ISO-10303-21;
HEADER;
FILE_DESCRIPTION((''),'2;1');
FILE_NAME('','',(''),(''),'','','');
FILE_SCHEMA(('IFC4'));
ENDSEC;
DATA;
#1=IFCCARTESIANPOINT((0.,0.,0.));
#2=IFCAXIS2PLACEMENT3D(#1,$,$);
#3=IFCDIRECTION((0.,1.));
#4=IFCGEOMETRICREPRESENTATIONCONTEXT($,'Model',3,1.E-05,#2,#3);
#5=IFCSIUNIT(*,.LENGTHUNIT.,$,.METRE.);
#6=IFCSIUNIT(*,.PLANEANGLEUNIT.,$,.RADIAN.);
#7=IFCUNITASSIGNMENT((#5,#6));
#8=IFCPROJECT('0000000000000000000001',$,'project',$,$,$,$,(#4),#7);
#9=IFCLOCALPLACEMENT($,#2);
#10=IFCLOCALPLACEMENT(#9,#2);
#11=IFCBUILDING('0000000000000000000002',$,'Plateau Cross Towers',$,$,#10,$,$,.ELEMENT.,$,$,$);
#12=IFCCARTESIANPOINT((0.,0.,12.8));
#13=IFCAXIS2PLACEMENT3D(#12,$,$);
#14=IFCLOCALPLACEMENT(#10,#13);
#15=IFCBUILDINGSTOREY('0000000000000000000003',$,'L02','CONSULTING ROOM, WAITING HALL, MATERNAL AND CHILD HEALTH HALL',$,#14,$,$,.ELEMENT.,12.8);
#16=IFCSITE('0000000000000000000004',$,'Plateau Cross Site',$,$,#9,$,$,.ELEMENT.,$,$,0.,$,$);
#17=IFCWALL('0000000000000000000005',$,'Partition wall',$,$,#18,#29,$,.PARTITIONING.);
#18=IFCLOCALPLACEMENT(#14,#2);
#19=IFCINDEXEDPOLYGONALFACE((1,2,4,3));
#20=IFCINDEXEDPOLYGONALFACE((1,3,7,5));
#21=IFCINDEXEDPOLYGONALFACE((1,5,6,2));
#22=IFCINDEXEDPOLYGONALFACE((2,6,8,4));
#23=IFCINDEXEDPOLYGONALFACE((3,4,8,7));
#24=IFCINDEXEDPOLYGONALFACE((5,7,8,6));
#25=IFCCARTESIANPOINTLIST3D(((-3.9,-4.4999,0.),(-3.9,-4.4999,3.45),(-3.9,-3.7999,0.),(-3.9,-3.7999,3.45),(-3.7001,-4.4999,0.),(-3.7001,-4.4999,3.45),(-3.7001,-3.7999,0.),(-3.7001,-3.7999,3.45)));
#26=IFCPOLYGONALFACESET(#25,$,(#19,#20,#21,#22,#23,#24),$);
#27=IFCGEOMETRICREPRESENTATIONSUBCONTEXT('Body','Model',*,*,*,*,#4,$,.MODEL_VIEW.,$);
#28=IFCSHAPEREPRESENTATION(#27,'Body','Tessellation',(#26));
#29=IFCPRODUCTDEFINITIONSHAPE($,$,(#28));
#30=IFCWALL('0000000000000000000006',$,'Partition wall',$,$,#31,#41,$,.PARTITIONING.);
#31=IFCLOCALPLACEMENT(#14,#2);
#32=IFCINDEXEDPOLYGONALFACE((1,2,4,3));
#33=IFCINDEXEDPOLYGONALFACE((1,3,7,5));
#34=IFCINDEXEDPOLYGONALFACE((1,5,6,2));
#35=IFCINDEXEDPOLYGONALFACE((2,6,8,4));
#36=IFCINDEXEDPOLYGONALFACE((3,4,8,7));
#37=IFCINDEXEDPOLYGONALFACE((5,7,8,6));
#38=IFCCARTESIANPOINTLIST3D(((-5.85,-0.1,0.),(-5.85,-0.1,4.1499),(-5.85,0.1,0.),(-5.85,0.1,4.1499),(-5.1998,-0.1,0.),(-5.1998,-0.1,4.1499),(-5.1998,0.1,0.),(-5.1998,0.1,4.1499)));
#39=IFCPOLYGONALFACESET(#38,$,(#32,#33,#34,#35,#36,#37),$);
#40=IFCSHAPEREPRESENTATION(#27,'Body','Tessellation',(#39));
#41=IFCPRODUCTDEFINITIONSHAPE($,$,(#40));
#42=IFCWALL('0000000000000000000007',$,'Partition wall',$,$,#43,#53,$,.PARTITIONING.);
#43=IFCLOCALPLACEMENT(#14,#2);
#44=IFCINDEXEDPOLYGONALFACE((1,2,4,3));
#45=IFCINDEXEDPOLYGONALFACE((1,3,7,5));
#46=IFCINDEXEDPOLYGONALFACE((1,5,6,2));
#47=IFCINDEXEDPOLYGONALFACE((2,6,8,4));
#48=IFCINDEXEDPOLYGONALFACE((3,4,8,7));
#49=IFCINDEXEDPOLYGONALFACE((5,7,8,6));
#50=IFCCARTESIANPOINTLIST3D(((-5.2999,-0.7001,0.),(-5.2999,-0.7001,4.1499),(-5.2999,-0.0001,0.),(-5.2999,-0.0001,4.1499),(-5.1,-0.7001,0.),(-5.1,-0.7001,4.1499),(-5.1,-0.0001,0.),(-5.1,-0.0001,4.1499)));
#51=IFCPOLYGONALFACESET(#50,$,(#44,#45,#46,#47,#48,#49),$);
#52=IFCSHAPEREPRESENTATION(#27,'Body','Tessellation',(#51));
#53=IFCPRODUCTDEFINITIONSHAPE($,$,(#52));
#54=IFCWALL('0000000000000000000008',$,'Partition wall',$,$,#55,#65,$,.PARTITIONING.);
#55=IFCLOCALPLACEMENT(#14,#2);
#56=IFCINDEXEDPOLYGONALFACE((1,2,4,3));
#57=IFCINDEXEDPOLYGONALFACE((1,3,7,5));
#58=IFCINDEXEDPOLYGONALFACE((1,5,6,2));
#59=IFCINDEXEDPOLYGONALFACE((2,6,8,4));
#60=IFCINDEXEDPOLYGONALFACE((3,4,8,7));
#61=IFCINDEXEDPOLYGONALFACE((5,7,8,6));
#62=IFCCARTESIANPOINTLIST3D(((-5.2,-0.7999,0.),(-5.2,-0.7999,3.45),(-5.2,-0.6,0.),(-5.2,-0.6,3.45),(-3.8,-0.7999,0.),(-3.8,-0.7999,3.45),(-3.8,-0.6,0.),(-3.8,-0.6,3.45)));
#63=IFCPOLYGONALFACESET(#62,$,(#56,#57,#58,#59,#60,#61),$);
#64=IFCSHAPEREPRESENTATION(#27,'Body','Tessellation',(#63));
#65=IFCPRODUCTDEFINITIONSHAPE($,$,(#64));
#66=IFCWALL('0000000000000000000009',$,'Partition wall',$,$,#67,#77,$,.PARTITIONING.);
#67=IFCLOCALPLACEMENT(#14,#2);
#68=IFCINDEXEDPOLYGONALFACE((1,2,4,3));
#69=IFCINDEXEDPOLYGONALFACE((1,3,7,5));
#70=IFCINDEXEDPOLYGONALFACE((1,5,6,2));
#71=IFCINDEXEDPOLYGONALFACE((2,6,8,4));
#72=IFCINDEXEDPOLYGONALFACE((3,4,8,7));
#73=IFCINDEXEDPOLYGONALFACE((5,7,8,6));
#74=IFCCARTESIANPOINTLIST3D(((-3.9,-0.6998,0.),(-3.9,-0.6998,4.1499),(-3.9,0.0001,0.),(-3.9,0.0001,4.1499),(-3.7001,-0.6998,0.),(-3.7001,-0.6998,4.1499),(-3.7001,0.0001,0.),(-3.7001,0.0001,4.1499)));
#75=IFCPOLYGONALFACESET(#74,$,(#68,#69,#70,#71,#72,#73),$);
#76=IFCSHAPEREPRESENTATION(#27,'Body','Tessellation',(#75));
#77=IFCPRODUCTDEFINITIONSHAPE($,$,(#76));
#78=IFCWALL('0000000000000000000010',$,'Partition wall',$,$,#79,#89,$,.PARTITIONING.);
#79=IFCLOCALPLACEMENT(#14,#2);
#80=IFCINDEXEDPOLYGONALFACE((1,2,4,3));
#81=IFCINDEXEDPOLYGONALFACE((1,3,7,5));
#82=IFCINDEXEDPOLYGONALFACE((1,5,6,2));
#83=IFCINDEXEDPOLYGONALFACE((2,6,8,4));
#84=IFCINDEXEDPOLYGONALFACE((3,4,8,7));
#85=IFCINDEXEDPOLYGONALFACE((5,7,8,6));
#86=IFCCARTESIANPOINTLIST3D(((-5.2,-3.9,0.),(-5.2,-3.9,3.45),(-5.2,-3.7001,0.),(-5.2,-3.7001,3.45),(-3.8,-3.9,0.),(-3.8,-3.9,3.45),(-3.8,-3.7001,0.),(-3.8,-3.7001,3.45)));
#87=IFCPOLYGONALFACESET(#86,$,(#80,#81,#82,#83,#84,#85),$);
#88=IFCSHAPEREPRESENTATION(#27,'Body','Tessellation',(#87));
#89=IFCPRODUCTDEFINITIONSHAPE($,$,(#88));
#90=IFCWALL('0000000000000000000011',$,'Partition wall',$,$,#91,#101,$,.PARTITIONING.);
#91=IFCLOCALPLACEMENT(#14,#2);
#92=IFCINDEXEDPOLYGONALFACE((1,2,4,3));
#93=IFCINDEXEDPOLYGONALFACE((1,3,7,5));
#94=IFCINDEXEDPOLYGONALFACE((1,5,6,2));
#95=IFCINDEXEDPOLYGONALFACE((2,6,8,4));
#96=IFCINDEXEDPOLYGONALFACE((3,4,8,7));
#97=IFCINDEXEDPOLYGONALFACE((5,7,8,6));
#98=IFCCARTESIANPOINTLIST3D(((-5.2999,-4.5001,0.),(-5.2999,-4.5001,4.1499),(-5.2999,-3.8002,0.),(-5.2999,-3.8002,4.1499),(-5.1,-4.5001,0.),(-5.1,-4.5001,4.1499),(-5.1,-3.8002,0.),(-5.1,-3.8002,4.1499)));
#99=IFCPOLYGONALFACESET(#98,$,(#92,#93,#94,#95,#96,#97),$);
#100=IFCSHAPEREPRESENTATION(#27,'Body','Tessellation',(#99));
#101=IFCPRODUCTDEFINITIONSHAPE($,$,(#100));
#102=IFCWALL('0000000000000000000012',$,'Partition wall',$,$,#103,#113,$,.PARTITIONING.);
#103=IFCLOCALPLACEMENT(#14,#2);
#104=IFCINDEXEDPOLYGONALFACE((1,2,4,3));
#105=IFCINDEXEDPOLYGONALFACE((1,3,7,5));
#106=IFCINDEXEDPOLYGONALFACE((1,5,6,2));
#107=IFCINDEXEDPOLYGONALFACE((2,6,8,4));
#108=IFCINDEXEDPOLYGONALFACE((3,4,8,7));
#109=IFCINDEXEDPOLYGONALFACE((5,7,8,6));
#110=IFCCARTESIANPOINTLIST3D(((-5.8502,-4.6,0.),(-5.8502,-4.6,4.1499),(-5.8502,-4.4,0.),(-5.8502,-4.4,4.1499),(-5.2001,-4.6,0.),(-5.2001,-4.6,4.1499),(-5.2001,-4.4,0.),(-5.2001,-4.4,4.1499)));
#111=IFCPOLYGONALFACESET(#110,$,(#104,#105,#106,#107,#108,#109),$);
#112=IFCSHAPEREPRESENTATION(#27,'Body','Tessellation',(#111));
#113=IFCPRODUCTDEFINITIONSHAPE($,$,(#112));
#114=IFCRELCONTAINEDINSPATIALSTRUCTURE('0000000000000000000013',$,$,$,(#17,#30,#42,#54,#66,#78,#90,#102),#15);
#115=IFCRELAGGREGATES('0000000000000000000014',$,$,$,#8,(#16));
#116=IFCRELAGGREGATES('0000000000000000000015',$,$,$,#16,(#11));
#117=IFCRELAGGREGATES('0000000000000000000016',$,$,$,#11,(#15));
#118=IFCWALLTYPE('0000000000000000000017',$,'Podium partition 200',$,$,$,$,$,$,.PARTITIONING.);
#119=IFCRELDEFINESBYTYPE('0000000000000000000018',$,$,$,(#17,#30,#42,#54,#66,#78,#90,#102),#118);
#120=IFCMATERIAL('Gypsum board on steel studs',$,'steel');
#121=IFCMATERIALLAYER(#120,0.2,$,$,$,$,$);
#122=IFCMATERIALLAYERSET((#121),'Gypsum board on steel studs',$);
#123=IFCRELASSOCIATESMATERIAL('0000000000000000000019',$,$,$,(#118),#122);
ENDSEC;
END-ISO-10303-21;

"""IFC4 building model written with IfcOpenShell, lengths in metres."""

from ifc_helpers import new_model, si_unit, direction, frame, frame_2d, origin, place, context, subcontext, project, spatial, rectangle, extrude, material, layer, layer_set, type_object, element, save


model = new_model("IFC4")

# Units and contexts
model_context = context("Model", 3, precision=1e-05, world=origin(), true_north=direction((0.0, 1.0)))
body_context = subcontext(model_context, "Body", "Model", "MODEL_VIEW")
ifc_project = project(units=[si_unit("LENGTHUNIT", "METRE"), si_unit("PLANEANGLEUNIT", "RADIAN")], contexts=[model_context])

# Site, building, storey
site_placement = place(None, origin())
site = spatial("IfcSite", under=ifc_project, at=site_placement, Name="Plateau Cross Site", CompositionType="ELEMENT", RefElevation=0.0)
building_placement = place(site_placement, origin())
building = spatial("IfcBuilding", under=site, at=building_placement, Name="Plateau Cross Towers", CompositionType="ELEMENT")
storey_placement = place(building_placement, frame((0.0, 0.0, 12.8)))
storey = spatial("IfcBuildingStorey", under=building, at=storey_placement, Name="L02", Description="CONSULTING ROOM, WAITING HALL, MATERNAL AND CHILD HEALTH HALL", CompositionType="ELEMENT", Elevation=12.8)

# Shared definitions
ifc_material_1 = material(Name="Gypsum board on steel studs", Category="steel")
ifc_layer_1 = layer(ifc_material_1, 0.2)
ifc_layer_set_1 = layer_set([ifc_layer_1], Name="Gypsum board on steel studs")
wall_type_1 = type_object("IfcWallType", Name="Podium partition 200", PredefinedType="PARTITIONING", material=ifc_layer_set_1)

# Walls
wall_1_placement = place(storey_placement, frame((-3.8, -4.5, 0.0), z_axis=(0.0, 0.0, 1.0), x_axis=(0.0, 1.0, 0.0)))
element("IfcWall", 1, at=wall_1_placement, inside=storey, type_object=wall_type_1, Name="Partition wall", PredefinedType="PARTITIONING", context=body_context, shape_type="SweptSolid", body=[
    extrude(rectangle(XDim=0.7, YDim=0.2, at=frame_2d((0.3501, 0.0))), origin(), (0.0, 0.0, 1.0), 3.45),
])
wall_2_placement = place(storey_placement, frame((-5.8501, 0.0, 0.0), z_axis=(0.0, 0.0, 1.0), x_axis=(1.0, 0.0, 0.0)))
element("IfcWall", 2, at=wall_2_placement, inside=storey, type_object=wall_type_1, Name="Partition wall", PredefinedType="PARTITIONING", context=body_context, shape_type="SweptSolid", body=[
    extrude(rectangle(XDim=0.6501, YDim=0.2, at=frame_2d((0.3252, 0.0))), origin(), (0.0, 0.0, 1.0), 4.1499),
])
wall_3_placement = place(storey_placement, frame((-5.2, 0.0, 0.0), z_axis=(0.0, 0.0, 1.0), x_axis=(0.0, -1.0, 0.0)))
element("IfcWall", 3, at=wall_3_placement, inside=storey, type_object=wall_type_1, Name="Partition wall", PredefinedType="PARTITIONING", context=body_context, shape_type="SweptSolid", body=[
    extrude(rectangle(XDim=0.7, YDim=0.2, at=frame_2d((0.3501, 0.0))), origin(), (0.0, 0.0, 1.0), 4.1499),
])
wall_4_placement = place(storey_placement, frame((-5.2, -0.7, 0.0), z_axis=(0.0, 0.0, 1.0), x_axis=(1.0, 0.0, 0.0)))
element("IfcWall", 4, at=wall_4_placement, inside=storey, type_object=wall_type_1, Name="Partition wall", PredefinedType="PARTITIONING", context=body_context, shape_type="SweptSolid", body=[
    extrude(rectangle(XDim=1.3999, YDim=0.2, at=frame_2d((0.7, 0.0))), origin(), (0.0, 0.0, 1.0), 3.45),
])
wall_5_placement = place(storey_placement, frame((-3.8, -0.7, 0.0), z_axis=(0.0, 0.0, 1.0), x_axis=(0.0, 1.0, 0.0)))
element("IfcWall", 5, at=wall_5_placement, inside=storey, type_object=wall_type_1, Name="Partition wall", PredefinedType="PARTITIONING", context=body_context, shape_type="SweptSolid", body=[
    extrude(rectangle(XDim=0.7, YDim=0.2, at=frame_2d((0.3501, 0.0))), origin(), (0.0, 0.0, 1.0), 4.1499),
])
wall_6_placement = place(storey_placement, frame((-3.8, -3.8, 0.0), z_axis=(0.0, 0.0, 1.0), x_axis=(-1.0, 0.0, 0.0)))
element("IfcWall", 6, at=wall_6_placement, inside=storey, type_object=wall_type_1, Name="Partition wall", PredefinedType="PARTITIONING", context=body_context, shape_type="SweptSolid", body=[
    extrude(rectangle(XDim=1.3999, YDim=0.2, at=frame_2d((0.7, 0.0))), origin(), (0.0, 0.0, 1.0), 3.45),
])
wall_7_placement = place(storey_placement, frame((-5.2, -3.8, 0.0), z_axis=(0.0, 0.0, 1.0), x_axis=(0.0, -1.0, 0.0)))
element("IfcWall", 7, at=wall_7_placement, inside=storey, type_object=wall_type_1, Name="Partition wall", PredefinedType="PARTITIONING", context=body_context, shape_type="SweptSolid", body=[
    extrude(rectangle(XDim=0.7, YDim=0.2, at=frame_2d((0.3501, 0.0))), origin(), (0.0, 0.0, 1.0), 4.1499),
])
wall_8_placement = place(storey_placement, frame((-5.2, -4.5, 0.0), z_axis=(0.0, 0.0, 1.0), x_axis=(-1.0, 0.0, 0.0)))
element("IfcWall", 8, at=wall_8_placement, inside=storey, type_object=wall_type_1, Name="Partition wall", PredefinedType="PARTITIONING", context=body_context, shape_type="SweptSolid", body=[
    extrude(rectangle(XDim=0.6501, YDim=0.2, at=frame_2d((0.3252, 0.0))), origin(), (0.0, 0.0, 1.0), 4.1499),
])

save(model, "model.ifc")
